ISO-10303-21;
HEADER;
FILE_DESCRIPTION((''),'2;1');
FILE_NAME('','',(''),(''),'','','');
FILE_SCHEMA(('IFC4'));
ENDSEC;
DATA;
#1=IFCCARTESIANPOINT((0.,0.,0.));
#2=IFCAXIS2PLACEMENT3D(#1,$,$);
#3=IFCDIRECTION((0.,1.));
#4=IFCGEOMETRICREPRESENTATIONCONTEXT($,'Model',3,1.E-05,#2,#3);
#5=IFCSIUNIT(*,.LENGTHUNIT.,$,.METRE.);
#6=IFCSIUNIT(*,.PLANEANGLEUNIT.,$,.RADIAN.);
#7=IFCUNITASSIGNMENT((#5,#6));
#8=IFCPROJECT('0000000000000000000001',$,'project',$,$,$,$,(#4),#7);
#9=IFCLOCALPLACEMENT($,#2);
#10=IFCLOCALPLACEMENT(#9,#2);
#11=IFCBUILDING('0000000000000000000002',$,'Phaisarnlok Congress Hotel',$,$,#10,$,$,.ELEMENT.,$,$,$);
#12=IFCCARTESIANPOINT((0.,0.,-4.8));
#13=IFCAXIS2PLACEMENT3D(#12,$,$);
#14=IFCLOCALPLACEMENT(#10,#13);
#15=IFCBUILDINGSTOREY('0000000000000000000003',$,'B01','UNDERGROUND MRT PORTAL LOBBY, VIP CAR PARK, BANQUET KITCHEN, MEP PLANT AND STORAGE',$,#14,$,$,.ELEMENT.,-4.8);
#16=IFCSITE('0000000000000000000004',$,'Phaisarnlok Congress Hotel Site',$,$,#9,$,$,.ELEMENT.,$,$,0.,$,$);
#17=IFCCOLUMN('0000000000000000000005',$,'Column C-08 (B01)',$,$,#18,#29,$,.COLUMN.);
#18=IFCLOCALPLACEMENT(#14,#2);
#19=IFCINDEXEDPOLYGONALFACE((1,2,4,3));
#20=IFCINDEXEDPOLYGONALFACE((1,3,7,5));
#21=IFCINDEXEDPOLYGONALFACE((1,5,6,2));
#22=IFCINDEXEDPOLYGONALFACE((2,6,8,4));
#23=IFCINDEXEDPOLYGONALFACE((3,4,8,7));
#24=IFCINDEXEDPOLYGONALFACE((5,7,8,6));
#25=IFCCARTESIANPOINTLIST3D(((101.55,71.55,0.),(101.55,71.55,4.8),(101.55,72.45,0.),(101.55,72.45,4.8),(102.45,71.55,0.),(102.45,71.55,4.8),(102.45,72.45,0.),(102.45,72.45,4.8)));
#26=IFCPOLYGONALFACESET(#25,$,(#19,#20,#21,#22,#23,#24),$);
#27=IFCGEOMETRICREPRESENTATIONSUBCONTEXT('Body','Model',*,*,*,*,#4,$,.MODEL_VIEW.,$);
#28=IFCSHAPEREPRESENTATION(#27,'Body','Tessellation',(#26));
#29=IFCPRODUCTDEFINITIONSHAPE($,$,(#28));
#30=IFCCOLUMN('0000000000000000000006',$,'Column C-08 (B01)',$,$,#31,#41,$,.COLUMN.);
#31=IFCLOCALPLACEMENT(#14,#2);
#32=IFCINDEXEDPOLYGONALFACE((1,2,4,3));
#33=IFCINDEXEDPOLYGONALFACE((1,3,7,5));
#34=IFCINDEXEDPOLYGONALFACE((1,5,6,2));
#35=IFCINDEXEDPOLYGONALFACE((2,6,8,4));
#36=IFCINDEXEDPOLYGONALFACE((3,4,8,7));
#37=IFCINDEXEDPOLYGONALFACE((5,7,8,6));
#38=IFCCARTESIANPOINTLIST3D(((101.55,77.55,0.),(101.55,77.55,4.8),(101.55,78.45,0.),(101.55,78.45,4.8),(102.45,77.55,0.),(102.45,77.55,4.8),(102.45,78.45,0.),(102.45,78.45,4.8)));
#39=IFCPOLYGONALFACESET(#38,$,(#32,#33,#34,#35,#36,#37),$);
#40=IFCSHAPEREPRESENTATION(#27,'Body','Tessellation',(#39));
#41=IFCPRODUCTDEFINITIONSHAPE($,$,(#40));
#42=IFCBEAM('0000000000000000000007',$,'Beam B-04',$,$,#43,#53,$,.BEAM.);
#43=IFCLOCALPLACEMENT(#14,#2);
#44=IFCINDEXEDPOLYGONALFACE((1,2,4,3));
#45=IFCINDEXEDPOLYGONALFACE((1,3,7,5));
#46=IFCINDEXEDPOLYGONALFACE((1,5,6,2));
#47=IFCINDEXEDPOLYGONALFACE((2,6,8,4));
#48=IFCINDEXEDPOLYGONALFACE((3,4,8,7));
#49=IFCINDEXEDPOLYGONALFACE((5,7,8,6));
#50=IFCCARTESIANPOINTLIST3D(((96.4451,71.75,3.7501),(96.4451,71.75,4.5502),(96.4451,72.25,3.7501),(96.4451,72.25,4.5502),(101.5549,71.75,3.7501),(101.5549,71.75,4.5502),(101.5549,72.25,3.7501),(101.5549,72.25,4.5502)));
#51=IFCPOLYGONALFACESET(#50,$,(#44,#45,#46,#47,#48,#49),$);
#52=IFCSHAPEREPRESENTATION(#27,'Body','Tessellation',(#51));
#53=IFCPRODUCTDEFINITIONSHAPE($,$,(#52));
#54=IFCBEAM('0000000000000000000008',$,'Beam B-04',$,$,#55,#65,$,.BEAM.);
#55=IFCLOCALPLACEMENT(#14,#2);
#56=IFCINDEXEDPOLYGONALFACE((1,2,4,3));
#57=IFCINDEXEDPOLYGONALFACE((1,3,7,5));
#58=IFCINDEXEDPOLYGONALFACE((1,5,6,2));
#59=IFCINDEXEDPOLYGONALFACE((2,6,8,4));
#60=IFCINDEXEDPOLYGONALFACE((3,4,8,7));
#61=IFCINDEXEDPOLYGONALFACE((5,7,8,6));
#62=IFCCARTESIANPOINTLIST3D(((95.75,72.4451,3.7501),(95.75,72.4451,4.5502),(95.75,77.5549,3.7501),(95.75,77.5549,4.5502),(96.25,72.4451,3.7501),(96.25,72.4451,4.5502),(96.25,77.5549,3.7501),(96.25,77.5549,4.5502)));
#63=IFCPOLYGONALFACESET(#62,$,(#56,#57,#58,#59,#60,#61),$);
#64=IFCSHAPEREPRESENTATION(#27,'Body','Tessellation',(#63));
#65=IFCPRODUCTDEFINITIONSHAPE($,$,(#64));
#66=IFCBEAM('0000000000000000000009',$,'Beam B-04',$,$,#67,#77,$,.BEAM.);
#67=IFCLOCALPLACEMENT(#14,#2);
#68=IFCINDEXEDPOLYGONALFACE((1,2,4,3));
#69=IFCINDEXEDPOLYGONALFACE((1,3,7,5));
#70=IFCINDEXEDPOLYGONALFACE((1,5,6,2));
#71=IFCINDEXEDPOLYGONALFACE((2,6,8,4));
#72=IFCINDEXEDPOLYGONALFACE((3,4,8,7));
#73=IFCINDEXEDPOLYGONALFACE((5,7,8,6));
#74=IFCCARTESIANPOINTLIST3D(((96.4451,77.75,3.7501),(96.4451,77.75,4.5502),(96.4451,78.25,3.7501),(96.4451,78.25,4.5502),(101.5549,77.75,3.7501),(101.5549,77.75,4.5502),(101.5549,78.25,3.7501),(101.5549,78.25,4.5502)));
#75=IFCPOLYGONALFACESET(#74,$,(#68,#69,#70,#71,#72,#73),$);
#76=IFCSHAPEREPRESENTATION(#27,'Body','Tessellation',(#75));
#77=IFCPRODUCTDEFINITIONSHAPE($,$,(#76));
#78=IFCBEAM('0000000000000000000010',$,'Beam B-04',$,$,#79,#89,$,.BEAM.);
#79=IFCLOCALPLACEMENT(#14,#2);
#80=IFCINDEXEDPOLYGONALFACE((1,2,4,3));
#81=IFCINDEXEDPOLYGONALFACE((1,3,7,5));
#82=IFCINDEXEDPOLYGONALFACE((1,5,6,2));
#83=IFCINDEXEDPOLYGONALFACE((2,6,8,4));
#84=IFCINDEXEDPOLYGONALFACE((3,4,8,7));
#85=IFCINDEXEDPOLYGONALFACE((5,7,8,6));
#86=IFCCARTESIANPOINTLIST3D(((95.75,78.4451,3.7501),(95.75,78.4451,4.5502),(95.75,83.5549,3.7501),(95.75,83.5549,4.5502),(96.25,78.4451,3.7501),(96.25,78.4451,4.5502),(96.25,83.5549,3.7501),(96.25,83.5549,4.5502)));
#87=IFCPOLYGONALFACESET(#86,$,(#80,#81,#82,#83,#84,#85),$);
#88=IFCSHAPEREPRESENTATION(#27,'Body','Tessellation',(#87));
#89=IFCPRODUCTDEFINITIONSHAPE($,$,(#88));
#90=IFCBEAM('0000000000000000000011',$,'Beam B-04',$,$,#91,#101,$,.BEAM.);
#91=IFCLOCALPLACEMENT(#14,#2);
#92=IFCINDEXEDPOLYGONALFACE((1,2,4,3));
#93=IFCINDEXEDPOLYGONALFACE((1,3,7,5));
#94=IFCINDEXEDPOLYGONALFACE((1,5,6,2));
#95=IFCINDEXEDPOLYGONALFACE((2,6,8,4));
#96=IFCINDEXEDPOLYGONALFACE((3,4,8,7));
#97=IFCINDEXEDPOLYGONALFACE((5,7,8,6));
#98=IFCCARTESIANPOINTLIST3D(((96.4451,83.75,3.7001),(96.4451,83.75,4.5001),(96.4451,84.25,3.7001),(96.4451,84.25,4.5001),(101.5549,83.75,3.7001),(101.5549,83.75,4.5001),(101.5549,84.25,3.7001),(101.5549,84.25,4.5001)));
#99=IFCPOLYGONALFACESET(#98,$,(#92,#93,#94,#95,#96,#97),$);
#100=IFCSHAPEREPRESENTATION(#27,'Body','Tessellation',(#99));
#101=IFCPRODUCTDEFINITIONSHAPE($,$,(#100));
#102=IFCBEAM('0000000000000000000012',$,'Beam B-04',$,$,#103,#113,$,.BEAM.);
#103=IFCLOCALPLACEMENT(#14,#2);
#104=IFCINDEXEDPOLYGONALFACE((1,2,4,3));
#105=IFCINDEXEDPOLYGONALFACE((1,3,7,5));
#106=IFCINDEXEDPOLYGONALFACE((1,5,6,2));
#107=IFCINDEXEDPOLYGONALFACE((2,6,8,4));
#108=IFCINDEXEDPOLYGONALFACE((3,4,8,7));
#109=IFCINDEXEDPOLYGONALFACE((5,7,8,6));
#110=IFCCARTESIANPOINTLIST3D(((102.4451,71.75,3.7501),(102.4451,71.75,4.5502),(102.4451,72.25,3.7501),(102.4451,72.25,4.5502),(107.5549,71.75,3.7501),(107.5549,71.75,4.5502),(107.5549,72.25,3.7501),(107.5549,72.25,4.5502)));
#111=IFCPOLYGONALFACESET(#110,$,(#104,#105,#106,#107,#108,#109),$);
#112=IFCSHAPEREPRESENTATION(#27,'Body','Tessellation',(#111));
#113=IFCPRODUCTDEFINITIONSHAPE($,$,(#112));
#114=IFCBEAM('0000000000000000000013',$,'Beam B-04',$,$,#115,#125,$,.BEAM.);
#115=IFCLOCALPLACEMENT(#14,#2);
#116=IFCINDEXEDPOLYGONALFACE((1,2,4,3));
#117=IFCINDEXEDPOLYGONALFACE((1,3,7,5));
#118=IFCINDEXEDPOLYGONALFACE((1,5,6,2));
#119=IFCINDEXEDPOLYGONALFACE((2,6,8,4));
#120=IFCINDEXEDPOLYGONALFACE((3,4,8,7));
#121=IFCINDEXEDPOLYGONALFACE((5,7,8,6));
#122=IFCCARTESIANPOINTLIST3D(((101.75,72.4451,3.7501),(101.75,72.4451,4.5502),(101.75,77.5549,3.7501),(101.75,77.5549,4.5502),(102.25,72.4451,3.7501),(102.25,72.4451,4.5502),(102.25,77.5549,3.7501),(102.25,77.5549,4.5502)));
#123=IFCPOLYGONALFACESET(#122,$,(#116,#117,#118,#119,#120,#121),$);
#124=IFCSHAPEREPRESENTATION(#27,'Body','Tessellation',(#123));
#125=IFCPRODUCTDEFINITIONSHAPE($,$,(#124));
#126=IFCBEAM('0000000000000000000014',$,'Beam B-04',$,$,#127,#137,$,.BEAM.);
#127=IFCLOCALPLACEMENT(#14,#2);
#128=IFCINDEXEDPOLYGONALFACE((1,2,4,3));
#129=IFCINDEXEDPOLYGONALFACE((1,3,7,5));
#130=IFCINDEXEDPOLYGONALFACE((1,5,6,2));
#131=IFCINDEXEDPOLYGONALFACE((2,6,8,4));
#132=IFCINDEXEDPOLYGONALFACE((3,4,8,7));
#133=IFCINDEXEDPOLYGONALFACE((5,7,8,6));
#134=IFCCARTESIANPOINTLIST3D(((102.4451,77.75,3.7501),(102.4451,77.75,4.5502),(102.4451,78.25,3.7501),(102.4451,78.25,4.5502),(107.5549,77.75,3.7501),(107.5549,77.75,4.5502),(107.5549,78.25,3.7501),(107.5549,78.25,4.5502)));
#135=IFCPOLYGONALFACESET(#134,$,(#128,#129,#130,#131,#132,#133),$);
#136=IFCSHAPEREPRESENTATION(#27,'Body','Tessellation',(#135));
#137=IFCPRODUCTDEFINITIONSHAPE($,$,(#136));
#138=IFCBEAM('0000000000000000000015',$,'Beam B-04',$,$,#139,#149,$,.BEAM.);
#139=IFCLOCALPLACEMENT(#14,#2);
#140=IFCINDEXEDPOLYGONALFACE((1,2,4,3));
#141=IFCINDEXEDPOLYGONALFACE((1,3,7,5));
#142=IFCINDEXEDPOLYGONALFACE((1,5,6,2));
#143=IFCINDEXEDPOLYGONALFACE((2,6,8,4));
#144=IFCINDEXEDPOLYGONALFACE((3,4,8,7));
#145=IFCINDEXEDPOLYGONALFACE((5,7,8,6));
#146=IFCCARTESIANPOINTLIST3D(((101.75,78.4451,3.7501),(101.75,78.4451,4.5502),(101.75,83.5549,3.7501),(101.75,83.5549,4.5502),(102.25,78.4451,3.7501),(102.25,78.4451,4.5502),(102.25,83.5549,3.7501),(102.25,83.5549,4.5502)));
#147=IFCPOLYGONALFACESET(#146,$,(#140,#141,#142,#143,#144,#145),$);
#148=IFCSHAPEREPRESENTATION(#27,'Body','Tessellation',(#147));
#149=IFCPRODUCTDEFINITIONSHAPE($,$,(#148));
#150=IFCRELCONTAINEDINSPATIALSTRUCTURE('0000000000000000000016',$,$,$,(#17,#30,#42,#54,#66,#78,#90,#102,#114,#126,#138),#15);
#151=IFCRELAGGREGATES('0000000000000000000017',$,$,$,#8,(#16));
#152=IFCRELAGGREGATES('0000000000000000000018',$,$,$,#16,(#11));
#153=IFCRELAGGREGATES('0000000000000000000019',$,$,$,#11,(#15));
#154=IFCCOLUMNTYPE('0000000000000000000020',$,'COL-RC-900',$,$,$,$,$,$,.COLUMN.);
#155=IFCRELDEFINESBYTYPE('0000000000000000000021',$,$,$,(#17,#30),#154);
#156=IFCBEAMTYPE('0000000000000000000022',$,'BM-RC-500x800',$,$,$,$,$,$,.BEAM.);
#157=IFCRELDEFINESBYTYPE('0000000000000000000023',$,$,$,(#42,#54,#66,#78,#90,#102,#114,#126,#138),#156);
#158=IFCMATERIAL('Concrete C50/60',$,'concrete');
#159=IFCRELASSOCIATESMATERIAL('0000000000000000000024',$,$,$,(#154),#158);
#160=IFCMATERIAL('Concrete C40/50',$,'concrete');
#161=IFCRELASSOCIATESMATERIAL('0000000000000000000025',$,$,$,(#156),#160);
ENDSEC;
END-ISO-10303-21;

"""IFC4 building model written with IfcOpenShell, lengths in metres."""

from ifc_helpers import new_model, si_unit, direction, frame, origin, origin_2d, place, context, subcontext, project, spatial, rectangle, extrude, material, material_profile, profile_set, type_object, element, save


model = new_model("IFC4")

# Units and contexts
model_context = context("Model", 3, precision=1e-05, world=origin(), true_north=direction((0.0, 1.0)))
body_context = subcontext(model_context, "Body", "Model", "MODEL_VIEW")
ifc_project = project(units=[si_unit("LENGTHUNIT", "METRE"), si_unit("PLANEANGLEUNIT", "RADIAN")], contexts=[model_context])

# Site, building, storey
site_placement = place(None, origin())
site = spatial("IfcSite", under=ifc_project, at=site_placement, Name="Phaisarnlok Congress Hotel Site", CompositionType="ELEMENT", RefElevation=0.0)
building_placement = place(site_placement, origin())
building = spatial("IfcBuilding", under=site, at=building_placement, Name="Phaisarnlok Congress Hotel", CompositionType="ELEMENT")
storey_placement = place(building_placement, frame((0.0, 0.0, -4.8)))
storey = spatial("IfcBuildingStorey", under=building, at=storey_placement, Name="B01", Description="UNDERGROUND MRT PORTAL LOBBY, VIP CAR PARK, BANQUET KITCHEN, MEP PLANT AND STORAGE", CompositionType="ELEMENT", Elevation=-4.8)

# Shared definitions
ifc_material_1 = material(Name="Concrete C40/50", Category="concrete")

# Columns
ifc_material_2 = material(Name="Concrete C50/60", Category="concrete")
ifc_material_profile_1 = material_profile(ifc_material_2, rectangle(XDim=0.8999, YDim=0.8999, at=origin_2d()), Name="RC 900x900")
ifc_profile_set_1 = profile_set([ifc_material_profile_1], Name="Concrete C50/60")
column_type = type_object("IfcColumnType", Name="COL-RC-900", PredefinedType="COLUMN", material=ifc_profile_set_1)
for number, where, z_axis, x_axis, name in (
    (1, (102.0, 72.0, 0.0), (0.0, 0.0, 1.0), (1.0, 0.0, 0.0), "Column C-08 (B01)"),
    (2, (102.0, 78.0, 0.0), (0.0, 0.0, 1.0), (1.0, 0.0, 0.0), "Column C-08 (B01)"),
):
    element("IfcColumn", number, at=place(storey_placement, frame(where, z_axis=z_axis, x_axis=x_axis)), inside=storey, type_object=column_type, Name=name, PredefinedType="COLUMN", context=body_context, shape_type="SweptSolid", body=[
        extrude(rectangle(XDim=0.8999, YDim=0.8999, at=origin_2d()), origin(), (0.0, 0.0, 1.0), 4.8),
    ])

# Beams
ifc_material_profile_2 = material_profile(ifc_material_1, rectangle(XDim=0.5, YDim=0.8, at=origin_2d()), Name="RC 500x800")
ifc_profile_set_2 = profile_set([ifc_material_profile_2], Name="Concrete C40/50")
beam_type = type_object("IfcBeamType", Name="BM-RC-500x800", PredefinedType="BEAM", material=ifc_profile_set_2)
for number, where, z_axis, x_axis, name in (
    (3, (96.4451, 72.0, 4.1501), (1.0, 0.0, 0.0), (0.0, 1.0, 0.0), "Beam B-04"),
    (4, (96.0, 72.4451, 4.1501), (0.0, 1.0, 0.0), (-1.0, 0.0, 0.0), "Beam B-04"),
    (5, (96.4451, 78.0, 4.1501), (1.0, 0.0, 0.0), (0.0, 1.0, 0.0), "Beam B-04"),
    (6, (96.0, 78.4451, 4.1501), (0.0, 1.0, 0.0), (-1.0, 0.0, 0.0), "Beam B-04"),
    (7, (96.4451, 84.0, 4.1001), (1.0, 0.0, 0.0), (0.0, 1.0, 0.0), "Beam B-04"),
    (8, (102.4451, 72.0, 4.1501), (1.0, 0.0, 0.0), (0.0, 1.0, 0.0), "Beam B-04"),
    (9, (102.0, 72.4451, 4.1501), (0.0, 1.0, 0.0), (-1.0, 0.0, 0.0), "Beam B-04"),
    (10, (102.4451, 78.0, 4.1501), (1.0, 0.0, 0.0), (0.0, 1.0, 0.0), "Beam B-04"),
    (11, (102.0, 78.4451, 4.1501), (0.0, 1.0, 0.0), (-1.0, 0.0, 0.0), "Beam B-04"),
):
    element("IfcBeam", number, at=place(storey_placement, frame(where, z_axis=z_axis, x_axis=x_axis)), inside=storey, type_object=beam_type, Name=name, PredefinedType="BEAM", context=body_context, shape_type="SweptSolid", body=[
        extrude(rectangle(XDim=0.5, YDim=0.8, at=origin_2d()), origin(), (0.0, 0.0, 1.0), 5.1099),
    ])

save(model, "model.ifc")
